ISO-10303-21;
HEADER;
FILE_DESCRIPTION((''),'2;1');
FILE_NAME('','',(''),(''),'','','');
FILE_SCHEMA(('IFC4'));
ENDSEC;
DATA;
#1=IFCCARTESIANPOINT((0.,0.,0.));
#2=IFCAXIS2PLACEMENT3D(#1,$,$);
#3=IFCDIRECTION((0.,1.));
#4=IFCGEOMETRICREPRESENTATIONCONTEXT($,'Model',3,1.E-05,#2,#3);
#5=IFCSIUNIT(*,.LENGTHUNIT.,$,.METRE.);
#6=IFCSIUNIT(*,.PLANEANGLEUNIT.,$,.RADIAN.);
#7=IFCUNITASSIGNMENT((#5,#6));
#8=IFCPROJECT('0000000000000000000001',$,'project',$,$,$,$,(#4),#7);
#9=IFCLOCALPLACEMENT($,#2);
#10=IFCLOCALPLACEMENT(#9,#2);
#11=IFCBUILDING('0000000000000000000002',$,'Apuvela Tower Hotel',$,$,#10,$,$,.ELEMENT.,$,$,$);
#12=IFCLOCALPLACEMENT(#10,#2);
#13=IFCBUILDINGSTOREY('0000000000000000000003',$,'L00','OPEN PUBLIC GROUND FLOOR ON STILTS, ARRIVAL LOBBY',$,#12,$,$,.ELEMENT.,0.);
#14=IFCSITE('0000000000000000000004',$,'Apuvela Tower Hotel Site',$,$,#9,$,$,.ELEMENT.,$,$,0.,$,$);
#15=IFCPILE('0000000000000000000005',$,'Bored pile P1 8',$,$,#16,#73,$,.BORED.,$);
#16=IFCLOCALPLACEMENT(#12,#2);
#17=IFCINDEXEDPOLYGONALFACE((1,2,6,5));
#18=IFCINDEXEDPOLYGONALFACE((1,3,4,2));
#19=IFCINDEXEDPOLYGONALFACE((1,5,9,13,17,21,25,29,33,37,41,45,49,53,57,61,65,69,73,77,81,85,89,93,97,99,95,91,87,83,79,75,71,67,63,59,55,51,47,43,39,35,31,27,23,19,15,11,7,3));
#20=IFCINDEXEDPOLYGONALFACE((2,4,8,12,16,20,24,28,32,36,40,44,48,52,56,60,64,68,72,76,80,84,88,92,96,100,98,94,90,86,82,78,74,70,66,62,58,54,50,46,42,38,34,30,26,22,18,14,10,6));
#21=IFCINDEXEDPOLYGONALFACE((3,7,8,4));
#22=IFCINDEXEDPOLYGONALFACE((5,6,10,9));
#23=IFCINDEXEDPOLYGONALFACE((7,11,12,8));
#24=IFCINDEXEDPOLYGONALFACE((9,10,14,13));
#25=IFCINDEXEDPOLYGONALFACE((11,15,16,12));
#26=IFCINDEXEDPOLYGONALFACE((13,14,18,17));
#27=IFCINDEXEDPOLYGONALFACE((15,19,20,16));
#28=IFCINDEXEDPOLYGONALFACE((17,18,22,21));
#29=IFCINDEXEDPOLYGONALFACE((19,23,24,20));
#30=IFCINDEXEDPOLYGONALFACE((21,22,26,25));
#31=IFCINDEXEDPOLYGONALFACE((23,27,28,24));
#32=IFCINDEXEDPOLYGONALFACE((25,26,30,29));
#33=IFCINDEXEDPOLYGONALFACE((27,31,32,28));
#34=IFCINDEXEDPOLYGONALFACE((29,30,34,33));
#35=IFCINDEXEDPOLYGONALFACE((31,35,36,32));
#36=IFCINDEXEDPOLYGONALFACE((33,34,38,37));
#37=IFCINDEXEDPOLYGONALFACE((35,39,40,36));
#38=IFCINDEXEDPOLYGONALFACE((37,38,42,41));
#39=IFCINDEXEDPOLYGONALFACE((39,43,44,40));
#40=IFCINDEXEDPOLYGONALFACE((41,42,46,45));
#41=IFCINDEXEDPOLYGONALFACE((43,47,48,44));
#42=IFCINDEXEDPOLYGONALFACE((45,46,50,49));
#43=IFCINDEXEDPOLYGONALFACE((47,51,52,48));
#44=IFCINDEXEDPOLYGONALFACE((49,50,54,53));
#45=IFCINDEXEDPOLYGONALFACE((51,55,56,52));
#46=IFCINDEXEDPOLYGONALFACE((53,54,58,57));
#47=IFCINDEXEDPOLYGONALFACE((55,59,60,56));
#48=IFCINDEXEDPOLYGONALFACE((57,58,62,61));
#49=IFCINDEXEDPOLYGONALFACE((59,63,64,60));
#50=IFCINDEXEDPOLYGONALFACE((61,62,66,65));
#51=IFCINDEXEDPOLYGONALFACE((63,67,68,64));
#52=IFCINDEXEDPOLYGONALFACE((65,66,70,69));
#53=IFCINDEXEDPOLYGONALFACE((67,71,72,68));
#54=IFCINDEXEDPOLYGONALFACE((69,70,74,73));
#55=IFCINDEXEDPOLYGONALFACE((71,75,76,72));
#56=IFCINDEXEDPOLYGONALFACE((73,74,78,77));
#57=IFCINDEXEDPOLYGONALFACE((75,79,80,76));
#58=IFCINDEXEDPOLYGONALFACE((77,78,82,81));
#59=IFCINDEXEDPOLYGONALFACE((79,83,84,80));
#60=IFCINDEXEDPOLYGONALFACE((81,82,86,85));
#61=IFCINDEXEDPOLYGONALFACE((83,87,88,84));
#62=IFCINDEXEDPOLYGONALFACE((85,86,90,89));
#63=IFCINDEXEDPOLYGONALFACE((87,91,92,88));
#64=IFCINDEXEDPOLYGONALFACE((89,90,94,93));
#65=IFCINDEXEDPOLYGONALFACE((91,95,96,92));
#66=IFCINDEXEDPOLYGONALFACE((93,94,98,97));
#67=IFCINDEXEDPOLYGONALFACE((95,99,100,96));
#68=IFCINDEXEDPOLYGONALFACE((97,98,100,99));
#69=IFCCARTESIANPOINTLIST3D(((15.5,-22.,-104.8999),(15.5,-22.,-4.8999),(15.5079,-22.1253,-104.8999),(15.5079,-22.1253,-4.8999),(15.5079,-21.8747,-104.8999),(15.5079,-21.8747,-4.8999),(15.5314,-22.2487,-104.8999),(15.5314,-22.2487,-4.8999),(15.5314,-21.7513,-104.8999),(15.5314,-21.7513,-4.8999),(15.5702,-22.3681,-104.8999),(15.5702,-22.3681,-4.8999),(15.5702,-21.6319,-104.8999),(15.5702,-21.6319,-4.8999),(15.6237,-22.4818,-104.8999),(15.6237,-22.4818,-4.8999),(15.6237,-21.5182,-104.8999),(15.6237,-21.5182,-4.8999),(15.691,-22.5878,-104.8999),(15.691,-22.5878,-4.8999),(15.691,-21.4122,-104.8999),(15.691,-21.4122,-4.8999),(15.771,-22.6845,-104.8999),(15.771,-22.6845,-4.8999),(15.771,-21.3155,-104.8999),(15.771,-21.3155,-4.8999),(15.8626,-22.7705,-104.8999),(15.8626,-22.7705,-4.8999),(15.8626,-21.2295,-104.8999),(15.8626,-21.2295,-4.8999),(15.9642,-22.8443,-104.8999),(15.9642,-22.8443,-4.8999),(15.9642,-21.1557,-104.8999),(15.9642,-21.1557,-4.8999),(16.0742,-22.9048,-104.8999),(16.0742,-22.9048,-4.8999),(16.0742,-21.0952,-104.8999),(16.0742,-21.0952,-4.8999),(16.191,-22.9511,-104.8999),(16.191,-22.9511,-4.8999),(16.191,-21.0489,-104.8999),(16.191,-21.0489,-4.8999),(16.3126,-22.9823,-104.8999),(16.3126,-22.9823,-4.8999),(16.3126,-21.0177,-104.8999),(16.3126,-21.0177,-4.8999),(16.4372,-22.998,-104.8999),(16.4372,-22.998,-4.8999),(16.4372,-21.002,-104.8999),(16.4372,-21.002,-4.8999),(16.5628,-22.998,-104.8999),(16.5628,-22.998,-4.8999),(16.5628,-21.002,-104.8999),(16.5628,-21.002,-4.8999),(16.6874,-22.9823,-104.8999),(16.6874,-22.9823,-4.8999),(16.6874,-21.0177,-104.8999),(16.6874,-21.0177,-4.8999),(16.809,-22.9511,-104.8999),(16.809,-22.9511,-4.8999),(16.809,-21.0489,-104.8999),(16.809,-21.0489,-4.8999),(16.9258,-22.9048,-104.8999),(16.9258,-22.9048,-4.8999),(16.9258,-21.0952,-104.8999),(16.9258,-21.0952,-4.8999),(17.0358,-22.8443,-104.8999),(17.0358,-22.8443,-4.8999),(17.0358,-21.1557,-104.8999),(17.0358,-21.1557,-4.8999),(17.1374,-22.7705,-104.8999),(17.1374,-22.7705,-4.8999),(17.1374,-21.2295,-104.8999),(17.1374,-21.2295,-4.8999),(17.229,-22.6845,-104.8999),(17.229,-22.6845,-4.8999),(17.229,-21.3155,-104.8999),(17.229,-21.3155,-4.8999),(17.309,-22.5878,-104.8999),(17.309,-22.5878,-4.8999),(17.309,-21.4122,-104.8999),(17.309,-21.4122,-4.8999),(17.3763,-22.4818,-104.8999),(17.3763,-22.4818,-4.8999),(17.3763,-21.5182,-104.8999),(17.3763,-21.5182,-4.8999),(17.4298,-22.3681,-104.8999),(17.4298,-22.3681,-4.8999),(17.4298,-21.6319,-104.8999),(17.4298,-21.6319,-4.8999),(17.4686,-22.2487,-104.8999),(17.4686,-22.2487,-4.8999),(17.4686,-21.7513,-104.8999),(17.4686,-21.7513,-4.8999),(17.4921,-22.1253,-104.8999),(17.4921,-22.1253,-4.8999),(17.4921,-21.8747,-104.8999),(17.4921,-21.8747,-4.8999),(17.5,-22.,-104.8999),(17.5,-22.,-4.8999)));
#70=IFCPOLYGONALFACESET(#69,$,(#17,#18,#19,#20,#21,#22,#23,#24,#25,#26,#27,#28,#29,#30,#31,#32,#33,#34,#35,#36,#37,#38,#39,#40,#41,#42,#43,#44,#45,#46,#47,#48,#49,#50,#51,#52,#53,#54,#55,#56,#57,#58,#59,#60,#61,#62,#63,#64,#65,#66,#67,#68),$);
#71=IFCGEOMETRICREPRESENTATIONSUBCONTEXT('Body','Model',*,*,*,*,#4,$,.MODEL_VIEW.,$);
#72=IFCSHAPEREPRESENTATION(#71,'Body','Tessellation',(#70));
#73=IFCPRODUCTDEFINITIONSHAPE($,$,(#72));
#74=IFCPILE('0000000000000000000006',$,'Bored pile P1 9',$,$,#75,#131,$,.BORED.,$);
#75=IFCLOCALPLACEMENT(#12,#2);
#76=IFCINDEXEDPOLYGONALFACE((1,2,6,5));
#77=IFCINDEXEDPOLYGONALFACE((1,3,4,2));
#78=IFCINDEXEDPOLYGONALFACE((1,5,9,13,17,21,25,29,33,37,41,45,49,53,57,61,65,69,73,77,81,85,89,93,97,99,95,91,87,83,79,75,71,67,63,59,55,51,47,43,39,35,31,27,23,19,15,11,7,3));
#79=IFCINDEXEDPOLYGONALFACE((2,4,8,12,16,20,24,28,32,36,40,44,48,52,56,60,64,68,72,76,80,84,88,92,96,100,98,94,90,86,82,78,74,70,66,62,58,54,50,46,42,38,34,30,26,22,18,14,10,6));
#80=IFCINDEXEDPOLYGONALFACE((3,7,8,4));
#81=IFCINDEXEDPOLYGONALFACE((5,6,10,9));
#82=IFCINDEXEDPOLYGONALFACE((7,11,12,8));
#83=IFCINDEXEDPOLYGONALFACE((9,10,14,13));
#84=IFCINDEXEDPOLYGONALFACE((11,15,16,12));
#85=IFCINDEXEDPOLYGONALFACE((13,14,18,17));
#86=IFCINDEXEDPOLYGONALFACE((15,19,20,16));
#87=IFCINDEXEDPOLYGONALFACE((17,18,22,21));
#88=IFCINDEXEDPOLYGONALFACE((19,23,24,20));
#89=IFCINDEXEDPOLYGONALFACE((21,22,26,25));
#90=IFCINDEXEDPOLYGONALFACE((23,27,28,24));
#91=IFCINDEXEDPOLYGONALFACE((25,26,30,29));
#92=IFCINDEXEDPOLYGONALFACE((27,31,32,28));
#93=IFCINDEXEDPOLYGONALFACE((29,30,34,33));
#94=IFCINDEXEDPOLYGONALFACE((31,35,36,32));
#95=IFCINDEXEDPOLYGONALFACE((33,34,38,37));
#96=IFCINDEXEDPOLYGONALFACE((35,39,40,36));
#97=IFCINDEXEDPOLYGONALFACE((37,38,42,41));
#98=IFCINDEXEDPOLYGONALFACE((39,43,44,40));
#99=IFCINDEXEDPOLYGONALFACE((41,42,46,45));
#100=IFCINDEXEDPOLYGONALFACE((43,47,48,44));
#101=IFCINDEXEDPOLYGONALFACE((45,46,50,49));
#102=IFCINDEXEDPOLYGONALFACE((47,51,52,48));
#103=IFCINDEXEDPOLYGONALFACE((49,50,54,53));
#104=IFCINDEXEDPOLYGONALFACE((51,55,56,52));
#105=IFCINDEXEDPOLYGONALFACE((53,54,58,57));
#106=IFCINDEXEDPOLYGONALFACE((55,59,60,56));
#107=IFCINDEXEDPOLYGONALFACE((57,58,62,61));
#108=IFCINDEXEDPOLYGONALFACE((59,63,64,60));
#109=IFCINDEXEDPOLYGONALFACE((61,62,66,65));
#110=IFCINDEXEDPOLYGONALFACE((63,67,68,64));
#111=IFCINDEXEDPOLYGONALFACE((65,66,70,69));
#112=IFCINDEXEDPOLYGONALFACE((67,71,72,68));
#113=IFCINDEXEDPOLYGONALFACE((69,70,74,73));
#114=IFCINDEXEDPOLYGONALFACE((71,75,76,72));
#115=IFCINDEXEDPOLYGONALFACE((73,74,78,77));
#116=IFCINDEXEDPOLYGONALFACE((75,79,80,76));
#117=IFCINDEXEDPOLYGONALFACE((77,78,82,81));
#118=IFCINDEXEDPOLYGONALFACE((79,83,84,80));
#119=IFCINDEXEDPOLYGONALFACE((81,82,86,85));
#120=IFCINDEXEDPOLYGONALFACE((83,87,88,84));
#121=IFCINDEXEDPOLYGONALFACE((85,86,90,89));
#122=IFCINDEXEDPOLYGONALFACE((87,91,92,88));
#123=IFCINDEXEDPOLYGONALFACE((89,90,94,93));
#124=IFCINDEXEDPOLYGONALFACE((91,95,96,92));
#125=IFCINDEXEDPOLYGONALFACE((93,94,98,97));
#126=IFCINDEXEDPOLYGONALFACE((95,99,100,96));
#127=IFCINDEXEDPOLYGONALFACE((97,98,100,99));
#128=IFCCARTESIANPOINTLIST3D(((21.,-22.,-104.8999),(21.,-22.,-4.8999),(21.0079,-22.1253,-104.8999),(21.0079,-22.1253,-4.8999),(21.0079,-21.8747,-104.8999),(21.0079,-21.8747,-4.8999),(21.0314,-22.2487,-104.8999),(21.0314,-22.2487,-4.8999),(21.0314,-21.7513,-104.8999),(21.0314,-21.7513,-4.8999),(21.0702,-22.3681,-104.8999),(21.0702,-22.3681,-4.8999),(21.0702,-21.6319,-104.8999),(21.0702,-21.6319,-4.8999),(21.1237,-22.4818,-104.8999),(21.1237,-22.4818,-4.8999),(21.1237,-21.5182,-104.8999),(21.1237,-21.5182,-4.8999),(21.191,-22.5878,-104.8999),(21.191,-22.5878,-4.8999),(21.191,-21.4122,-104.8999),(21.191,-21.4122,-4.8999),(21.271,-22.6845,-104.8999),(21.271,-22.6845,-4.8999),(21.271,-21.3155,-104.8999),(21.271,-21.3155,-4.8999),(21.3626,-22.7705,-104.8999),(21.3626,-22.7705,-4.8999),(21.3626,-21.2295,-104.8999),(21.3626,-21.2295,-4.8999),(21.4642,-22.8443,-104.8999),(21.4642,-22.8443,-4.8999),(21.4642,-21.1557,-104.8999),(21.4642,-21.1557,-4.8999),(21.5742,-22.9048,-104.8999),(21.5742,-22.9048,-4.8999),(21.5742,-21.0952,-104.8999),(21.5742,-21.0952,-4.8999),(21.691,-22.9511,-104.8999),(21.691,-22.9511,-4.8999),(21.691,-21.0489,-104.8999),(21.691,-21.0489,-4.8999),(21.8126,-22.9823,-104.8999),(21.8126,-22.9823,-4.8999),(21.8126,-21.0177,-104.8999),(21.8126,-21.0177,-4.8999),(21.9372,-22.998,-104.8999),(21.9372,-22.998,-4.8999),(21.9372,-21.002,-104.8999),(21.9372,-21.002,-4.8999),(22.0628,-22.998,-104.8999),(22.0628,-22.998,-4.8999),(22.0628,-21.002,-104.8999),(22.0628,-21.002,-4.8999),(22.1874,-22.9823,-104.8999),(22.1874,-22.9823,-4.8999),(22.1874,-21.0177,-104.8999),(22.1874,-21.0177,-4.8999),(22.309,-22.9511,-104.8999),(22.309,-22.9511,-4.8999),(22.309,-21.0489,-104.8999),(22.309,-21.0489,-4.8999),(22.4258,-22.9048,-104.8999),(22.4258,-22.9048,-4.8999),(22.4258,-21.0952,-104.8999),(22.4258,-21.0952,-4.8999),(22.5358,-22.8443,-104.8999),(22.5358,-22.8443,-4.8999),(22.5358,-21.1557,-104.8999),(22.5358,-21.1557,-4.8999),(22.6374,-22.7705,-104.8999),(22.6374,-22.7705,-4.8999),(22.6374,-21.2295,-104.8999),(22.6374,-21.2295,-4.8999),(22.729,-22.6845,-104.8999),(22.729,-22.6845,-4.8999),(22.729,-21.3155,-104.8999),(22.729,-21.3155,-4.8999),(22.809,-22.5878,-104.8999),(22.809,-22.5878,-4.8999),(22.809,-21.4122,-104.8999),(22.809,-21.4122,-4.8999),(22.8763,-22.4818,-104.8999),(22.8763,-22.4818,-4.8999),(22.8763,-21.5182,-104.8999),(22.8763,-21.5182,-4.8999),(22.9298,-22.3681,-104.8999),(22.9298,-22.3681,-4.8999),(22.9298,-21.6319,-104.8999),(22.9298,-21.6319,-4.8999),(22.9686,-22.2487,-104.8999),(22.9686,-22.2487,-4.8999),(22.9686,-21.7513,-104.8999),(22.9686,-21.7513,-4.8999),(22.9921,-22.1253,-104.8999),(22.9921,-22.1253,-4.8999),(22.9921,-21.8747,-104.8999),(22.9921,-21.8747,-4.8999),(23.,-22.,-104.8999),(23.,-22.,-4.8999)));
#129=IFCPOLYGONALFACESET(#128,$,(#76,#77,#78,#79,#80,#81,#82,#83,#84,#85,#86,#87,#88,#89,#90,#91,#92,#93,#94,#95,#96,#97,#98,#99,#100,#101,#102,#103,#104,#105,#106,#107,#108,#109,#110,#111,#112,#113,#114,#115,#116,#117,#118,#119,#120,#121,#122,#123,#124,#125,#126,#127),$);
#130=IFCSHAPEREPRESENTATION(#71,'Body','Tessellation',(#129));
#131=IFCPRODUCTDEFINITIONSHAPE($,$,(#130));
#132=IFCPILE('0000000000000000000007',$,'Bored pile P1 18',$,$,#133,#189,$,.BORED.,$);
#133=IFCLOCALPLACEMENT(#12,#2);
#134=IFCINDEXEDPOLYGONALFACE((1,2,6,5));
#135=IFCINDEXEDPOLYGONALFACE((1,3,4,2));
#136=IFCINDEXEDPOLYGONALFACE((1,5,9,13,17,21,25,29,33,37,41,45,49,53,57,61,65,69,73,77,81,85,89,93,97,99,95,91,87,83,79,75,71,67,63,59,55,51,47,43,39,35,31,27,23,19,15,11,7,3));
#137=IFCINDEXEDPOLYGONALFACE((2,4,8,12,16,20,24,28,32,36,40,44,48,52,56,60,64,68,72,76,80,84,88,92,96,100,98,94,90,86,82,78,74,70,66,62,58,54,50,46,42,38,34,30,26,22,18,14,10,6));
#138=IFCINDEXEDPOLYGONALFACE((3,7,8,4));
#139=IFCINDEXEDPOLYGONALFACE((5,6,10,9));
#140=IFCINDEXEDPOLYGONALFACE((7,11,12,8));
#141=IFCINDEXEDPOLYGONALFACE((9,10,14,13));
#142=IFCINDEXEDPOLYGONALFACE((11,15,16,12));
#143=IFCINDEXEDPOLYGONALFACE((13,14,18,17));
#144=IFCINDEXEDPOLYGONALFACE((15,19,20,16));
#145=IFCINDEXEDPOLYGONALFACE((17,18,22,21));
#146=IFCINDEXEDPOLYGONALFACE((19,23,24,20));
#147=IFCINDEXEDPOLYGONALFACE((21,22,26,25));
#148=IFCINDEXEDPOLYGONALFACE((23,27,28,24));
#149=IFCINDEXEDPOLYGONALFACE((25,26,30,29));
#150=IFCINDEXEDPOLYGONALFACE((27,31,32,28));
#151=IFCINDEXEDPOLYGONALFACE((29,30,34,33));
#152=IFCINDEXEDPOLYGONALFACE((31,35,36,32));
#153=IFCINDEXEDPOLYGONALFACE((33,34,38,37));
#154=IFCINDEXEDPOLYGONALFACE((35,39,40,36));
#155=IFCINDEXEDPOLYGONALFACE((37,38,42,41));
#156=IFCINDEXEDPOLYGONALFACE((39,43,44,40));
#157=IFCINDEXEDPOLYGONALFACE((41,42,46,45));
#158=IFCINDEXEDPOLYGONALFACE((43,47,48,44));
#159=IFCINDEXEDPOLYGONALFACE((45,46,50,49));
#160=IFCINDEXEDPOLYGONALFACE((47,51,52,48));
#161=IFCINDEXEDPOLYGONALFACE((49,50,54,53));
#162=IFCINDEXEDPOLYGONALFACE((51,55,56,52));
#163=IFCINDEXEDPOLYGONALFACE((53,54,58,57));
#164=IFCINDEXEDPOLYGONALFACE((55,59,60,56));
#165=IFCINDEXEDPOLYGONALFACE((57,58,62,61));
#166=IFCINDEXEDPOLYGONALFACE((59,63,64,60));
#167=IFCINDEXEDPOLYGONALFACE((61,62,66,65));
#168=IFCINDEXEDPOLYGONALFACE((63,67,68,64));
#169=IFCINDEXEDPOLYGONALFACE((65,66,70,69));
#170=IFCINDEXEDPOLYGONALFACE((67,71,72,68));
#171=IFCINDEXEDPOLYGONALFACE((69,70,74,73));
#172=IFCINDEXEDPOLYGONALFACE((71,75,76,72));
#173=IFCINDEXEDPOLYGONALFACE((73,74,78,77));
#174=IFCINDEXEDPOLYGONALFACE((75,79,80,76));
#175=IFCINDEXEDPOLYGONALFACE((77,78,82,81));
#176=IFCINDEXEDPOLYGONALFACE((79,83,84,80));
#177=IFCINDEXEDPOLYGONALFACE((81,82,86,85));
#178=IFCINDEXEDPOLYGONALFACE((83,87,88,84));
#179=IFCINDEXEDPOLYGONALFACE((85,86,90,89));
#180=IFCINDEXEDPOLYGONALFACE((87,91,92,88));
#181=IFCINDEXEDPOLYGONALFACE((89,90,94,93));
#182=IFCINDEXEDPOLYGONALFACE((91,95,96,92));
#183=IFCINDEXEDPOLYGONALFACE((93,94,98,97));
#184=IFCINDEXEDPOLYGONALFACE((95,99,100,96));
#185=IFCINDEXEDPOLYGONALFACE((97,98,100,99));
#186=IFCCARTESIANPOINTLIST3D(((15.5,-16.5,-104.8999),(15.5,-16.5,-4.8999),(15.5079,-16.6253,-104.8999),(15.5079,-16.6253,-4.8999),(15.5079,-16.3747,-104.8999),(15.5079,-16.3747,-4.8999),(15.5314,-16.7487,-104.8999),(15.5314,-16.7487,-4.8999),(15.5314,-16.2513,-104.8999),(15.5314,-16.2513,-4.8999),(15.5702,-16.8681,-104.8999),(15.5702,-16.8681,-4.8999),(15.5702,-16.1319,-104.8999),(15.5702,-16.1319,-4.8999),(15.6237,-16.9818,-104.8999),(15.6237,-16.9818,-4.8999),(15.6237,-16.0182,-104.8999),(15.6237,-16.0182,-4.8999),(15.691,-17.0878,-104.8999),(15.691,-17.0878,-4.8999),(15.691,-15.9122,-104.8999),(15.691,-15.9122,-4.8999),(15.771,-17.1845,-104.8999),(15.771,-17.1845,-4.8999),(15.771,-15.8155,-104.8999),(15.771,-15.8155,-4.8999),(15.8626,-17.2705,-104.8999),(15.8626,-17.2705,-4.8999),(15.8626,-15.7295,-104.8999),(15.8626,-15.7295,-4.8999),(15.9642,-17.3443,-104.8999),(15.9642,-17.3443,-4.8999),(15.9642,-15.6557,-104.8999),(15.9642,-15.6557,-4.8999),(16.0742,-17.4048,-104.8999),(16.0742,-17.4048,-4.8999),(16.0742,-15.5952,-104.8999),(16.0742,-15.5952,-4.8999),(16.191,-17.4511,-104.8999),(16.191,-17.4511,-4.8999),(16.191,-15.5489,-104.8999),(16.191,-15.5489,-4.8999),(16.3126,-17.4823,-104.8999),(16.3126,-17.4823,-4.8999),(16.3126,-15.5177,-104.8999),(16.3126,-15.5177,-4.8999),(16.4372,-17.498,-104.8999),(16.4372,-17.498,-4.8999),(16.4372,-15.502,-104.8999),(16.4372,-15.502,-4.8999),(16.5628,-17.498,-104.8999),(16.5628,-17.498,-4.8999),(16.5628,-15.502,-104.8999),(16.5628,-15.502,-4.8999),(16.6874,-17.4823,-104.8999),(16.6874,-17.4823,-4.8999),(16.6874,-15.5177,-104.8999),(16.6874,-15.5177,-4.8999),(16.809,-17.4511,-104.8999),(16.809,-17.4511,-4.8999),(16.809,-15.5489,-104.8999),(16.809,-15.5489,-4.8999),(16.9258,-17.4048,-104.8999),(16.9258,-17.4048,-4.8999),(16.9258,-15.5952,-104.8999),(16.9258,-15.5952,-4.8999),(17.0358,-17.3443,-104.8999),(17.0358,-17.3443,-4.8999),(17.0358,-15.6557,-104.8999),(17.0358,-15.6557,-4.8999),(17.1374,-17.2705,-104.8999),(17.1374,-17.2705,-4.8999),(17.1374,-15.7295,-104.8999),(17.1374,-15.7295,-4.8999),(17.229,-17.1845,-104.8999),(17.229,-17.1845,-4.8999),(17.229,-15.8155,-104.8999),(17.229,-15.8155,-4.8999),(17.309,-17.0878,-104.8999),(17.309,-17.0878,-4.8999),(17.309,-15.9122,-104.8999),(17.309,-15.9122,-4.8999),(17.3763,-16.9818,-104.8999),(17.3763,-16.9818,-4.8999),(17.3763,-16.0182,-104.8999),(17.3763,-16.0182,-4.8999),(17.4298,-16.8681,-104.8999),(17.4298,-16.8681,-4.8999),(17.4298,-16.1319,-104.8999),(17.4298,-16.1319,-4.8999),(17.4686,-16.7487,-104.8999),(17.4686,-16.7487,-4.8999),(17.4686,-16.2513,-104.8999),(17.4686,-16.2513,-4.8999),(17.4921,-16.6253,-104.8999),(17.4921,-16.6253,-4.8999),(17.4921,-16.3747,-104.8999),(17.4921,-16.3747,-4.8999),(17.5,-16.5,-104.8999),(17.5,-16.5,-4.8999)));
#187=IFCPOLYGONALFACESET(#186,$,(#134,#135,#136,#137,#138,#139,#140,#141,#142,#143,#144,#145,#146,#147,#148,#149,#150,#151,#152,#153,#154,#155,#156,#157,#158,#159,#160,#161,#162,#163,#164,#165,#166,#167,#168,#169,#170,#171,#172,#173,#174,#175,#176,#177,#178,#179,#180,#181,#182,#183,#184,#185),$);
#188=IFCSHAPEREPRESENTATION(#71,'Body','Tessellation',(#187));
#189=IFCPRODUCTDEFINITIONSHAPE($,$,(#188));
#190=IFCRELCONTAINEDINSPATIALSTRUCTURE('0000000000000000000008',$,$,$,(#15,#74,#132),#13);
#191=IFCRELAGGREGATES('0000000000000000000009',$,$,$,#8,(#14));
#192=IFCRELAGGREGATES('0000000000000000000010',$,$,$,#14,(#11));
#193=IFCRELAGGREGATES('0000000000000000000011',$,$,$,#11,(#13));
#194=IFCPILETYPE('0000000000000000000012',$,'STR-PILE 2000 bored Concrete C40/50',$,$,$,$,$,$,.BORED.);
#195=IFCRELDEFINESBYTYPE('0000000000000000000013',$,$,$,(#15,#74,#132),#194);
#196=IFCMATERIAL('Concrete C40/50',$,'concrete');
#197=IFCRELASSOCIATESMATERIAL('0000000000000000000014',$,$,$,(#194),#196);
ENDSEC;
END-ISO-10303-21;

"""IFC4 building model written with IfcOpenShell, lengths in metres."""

from ifc_helpers import new_model, si_unit, direction, frame, origin, origin_2d, place, context, subcontext, project, spatial, circle, extrude, material, material_profile, profile_set, type_object, element, save


model = new_model("IFC4")

# Units and contexts
model_context = context("Model", 3, precision=1e-05, world=origin(), true_north=direction((0.0, 1.0)))
body_context = subcontext(model_context, "Body", "Model", "MODEL_VIEW")
ifc_project = project(units=[si_unit("LENGTHUNIT", "METRE"), si_unit("PLANEANGLEUNIT", "RADIAN")], contexts=[model_context])

# Site, building, storey
site_placement = place(None, origin())
site = spatial("IfcSite", under=ifc_project, at=site_placement, Name="Apuvela Tower Hotel Site", CompositionType="ELEMENT", RefElevation=0.0)
building_placement = place(site_placement, origin())
building = spatial("IfcBuilding", under=site, at=building_placement, Name="Apuvela Tower Hotel", CompositionType="ELEMENT")
storey_placement = place(building_placement, origin())
storey = spatial("IfcBuildingStorey", under=building, at=storey_placement, Name="L00", Description="OPEN PUBLIC GROUND FLOOR ON STILTS, ARRIVAL LOBBY", CompositionType="ELEMENT", Elevation=0.0)

# Piles
ifc_material_1 = material(Name="Concrete C40/50", Category="concrete")
ifc_material_profile_1 = material_profile(ifc_material_1, circle(Radius=1.0, at=origin_2d()), Name="PILE 2000")
ifc_profile_set_1 = profile_set([ifc_material_profile_1], Name="Concrete C40/50")
pile_type = type_object("IfcPileType", Name="STR-PILE 2000 bored Concrete C40/50", PredefinedType="BORED", material=ifc_profile_set_1)
for number, where, z_axis, x_axis, name in (
    (1, (16.5, -22.0, -4.8999), (0.0, 0.0, -1.0), (1.0, 0.0, 0.0), "Bored pile P1 8"),
    (2, (22.0, -22.0, -4.8999), (0.0, 0.0, -1.0), (1.0, 0.0, 0.0), "Bored pile P1 9"),
    (3, (16.5, -16.5, -4.8999), (0.0, 0.0, -1.0), (1.0, 0.0, 0.0), "Bored pile P1 18"),
):
    element("IfcPile", number, at=place(storey_placement, frame(where, z_axis=z_axis, x_axis=x_axis)), inside=storey, type_object=pile_type, Name=name, PredefinedType="BORED", context=body_context, shape_type="SweptSolid", body=[
        extrude(circle(Radius=1.0, at=origin_2d()), origin(), (0.0, 0.0, 1.0), 100.0),
    ])

save(model, "model.ifc")
